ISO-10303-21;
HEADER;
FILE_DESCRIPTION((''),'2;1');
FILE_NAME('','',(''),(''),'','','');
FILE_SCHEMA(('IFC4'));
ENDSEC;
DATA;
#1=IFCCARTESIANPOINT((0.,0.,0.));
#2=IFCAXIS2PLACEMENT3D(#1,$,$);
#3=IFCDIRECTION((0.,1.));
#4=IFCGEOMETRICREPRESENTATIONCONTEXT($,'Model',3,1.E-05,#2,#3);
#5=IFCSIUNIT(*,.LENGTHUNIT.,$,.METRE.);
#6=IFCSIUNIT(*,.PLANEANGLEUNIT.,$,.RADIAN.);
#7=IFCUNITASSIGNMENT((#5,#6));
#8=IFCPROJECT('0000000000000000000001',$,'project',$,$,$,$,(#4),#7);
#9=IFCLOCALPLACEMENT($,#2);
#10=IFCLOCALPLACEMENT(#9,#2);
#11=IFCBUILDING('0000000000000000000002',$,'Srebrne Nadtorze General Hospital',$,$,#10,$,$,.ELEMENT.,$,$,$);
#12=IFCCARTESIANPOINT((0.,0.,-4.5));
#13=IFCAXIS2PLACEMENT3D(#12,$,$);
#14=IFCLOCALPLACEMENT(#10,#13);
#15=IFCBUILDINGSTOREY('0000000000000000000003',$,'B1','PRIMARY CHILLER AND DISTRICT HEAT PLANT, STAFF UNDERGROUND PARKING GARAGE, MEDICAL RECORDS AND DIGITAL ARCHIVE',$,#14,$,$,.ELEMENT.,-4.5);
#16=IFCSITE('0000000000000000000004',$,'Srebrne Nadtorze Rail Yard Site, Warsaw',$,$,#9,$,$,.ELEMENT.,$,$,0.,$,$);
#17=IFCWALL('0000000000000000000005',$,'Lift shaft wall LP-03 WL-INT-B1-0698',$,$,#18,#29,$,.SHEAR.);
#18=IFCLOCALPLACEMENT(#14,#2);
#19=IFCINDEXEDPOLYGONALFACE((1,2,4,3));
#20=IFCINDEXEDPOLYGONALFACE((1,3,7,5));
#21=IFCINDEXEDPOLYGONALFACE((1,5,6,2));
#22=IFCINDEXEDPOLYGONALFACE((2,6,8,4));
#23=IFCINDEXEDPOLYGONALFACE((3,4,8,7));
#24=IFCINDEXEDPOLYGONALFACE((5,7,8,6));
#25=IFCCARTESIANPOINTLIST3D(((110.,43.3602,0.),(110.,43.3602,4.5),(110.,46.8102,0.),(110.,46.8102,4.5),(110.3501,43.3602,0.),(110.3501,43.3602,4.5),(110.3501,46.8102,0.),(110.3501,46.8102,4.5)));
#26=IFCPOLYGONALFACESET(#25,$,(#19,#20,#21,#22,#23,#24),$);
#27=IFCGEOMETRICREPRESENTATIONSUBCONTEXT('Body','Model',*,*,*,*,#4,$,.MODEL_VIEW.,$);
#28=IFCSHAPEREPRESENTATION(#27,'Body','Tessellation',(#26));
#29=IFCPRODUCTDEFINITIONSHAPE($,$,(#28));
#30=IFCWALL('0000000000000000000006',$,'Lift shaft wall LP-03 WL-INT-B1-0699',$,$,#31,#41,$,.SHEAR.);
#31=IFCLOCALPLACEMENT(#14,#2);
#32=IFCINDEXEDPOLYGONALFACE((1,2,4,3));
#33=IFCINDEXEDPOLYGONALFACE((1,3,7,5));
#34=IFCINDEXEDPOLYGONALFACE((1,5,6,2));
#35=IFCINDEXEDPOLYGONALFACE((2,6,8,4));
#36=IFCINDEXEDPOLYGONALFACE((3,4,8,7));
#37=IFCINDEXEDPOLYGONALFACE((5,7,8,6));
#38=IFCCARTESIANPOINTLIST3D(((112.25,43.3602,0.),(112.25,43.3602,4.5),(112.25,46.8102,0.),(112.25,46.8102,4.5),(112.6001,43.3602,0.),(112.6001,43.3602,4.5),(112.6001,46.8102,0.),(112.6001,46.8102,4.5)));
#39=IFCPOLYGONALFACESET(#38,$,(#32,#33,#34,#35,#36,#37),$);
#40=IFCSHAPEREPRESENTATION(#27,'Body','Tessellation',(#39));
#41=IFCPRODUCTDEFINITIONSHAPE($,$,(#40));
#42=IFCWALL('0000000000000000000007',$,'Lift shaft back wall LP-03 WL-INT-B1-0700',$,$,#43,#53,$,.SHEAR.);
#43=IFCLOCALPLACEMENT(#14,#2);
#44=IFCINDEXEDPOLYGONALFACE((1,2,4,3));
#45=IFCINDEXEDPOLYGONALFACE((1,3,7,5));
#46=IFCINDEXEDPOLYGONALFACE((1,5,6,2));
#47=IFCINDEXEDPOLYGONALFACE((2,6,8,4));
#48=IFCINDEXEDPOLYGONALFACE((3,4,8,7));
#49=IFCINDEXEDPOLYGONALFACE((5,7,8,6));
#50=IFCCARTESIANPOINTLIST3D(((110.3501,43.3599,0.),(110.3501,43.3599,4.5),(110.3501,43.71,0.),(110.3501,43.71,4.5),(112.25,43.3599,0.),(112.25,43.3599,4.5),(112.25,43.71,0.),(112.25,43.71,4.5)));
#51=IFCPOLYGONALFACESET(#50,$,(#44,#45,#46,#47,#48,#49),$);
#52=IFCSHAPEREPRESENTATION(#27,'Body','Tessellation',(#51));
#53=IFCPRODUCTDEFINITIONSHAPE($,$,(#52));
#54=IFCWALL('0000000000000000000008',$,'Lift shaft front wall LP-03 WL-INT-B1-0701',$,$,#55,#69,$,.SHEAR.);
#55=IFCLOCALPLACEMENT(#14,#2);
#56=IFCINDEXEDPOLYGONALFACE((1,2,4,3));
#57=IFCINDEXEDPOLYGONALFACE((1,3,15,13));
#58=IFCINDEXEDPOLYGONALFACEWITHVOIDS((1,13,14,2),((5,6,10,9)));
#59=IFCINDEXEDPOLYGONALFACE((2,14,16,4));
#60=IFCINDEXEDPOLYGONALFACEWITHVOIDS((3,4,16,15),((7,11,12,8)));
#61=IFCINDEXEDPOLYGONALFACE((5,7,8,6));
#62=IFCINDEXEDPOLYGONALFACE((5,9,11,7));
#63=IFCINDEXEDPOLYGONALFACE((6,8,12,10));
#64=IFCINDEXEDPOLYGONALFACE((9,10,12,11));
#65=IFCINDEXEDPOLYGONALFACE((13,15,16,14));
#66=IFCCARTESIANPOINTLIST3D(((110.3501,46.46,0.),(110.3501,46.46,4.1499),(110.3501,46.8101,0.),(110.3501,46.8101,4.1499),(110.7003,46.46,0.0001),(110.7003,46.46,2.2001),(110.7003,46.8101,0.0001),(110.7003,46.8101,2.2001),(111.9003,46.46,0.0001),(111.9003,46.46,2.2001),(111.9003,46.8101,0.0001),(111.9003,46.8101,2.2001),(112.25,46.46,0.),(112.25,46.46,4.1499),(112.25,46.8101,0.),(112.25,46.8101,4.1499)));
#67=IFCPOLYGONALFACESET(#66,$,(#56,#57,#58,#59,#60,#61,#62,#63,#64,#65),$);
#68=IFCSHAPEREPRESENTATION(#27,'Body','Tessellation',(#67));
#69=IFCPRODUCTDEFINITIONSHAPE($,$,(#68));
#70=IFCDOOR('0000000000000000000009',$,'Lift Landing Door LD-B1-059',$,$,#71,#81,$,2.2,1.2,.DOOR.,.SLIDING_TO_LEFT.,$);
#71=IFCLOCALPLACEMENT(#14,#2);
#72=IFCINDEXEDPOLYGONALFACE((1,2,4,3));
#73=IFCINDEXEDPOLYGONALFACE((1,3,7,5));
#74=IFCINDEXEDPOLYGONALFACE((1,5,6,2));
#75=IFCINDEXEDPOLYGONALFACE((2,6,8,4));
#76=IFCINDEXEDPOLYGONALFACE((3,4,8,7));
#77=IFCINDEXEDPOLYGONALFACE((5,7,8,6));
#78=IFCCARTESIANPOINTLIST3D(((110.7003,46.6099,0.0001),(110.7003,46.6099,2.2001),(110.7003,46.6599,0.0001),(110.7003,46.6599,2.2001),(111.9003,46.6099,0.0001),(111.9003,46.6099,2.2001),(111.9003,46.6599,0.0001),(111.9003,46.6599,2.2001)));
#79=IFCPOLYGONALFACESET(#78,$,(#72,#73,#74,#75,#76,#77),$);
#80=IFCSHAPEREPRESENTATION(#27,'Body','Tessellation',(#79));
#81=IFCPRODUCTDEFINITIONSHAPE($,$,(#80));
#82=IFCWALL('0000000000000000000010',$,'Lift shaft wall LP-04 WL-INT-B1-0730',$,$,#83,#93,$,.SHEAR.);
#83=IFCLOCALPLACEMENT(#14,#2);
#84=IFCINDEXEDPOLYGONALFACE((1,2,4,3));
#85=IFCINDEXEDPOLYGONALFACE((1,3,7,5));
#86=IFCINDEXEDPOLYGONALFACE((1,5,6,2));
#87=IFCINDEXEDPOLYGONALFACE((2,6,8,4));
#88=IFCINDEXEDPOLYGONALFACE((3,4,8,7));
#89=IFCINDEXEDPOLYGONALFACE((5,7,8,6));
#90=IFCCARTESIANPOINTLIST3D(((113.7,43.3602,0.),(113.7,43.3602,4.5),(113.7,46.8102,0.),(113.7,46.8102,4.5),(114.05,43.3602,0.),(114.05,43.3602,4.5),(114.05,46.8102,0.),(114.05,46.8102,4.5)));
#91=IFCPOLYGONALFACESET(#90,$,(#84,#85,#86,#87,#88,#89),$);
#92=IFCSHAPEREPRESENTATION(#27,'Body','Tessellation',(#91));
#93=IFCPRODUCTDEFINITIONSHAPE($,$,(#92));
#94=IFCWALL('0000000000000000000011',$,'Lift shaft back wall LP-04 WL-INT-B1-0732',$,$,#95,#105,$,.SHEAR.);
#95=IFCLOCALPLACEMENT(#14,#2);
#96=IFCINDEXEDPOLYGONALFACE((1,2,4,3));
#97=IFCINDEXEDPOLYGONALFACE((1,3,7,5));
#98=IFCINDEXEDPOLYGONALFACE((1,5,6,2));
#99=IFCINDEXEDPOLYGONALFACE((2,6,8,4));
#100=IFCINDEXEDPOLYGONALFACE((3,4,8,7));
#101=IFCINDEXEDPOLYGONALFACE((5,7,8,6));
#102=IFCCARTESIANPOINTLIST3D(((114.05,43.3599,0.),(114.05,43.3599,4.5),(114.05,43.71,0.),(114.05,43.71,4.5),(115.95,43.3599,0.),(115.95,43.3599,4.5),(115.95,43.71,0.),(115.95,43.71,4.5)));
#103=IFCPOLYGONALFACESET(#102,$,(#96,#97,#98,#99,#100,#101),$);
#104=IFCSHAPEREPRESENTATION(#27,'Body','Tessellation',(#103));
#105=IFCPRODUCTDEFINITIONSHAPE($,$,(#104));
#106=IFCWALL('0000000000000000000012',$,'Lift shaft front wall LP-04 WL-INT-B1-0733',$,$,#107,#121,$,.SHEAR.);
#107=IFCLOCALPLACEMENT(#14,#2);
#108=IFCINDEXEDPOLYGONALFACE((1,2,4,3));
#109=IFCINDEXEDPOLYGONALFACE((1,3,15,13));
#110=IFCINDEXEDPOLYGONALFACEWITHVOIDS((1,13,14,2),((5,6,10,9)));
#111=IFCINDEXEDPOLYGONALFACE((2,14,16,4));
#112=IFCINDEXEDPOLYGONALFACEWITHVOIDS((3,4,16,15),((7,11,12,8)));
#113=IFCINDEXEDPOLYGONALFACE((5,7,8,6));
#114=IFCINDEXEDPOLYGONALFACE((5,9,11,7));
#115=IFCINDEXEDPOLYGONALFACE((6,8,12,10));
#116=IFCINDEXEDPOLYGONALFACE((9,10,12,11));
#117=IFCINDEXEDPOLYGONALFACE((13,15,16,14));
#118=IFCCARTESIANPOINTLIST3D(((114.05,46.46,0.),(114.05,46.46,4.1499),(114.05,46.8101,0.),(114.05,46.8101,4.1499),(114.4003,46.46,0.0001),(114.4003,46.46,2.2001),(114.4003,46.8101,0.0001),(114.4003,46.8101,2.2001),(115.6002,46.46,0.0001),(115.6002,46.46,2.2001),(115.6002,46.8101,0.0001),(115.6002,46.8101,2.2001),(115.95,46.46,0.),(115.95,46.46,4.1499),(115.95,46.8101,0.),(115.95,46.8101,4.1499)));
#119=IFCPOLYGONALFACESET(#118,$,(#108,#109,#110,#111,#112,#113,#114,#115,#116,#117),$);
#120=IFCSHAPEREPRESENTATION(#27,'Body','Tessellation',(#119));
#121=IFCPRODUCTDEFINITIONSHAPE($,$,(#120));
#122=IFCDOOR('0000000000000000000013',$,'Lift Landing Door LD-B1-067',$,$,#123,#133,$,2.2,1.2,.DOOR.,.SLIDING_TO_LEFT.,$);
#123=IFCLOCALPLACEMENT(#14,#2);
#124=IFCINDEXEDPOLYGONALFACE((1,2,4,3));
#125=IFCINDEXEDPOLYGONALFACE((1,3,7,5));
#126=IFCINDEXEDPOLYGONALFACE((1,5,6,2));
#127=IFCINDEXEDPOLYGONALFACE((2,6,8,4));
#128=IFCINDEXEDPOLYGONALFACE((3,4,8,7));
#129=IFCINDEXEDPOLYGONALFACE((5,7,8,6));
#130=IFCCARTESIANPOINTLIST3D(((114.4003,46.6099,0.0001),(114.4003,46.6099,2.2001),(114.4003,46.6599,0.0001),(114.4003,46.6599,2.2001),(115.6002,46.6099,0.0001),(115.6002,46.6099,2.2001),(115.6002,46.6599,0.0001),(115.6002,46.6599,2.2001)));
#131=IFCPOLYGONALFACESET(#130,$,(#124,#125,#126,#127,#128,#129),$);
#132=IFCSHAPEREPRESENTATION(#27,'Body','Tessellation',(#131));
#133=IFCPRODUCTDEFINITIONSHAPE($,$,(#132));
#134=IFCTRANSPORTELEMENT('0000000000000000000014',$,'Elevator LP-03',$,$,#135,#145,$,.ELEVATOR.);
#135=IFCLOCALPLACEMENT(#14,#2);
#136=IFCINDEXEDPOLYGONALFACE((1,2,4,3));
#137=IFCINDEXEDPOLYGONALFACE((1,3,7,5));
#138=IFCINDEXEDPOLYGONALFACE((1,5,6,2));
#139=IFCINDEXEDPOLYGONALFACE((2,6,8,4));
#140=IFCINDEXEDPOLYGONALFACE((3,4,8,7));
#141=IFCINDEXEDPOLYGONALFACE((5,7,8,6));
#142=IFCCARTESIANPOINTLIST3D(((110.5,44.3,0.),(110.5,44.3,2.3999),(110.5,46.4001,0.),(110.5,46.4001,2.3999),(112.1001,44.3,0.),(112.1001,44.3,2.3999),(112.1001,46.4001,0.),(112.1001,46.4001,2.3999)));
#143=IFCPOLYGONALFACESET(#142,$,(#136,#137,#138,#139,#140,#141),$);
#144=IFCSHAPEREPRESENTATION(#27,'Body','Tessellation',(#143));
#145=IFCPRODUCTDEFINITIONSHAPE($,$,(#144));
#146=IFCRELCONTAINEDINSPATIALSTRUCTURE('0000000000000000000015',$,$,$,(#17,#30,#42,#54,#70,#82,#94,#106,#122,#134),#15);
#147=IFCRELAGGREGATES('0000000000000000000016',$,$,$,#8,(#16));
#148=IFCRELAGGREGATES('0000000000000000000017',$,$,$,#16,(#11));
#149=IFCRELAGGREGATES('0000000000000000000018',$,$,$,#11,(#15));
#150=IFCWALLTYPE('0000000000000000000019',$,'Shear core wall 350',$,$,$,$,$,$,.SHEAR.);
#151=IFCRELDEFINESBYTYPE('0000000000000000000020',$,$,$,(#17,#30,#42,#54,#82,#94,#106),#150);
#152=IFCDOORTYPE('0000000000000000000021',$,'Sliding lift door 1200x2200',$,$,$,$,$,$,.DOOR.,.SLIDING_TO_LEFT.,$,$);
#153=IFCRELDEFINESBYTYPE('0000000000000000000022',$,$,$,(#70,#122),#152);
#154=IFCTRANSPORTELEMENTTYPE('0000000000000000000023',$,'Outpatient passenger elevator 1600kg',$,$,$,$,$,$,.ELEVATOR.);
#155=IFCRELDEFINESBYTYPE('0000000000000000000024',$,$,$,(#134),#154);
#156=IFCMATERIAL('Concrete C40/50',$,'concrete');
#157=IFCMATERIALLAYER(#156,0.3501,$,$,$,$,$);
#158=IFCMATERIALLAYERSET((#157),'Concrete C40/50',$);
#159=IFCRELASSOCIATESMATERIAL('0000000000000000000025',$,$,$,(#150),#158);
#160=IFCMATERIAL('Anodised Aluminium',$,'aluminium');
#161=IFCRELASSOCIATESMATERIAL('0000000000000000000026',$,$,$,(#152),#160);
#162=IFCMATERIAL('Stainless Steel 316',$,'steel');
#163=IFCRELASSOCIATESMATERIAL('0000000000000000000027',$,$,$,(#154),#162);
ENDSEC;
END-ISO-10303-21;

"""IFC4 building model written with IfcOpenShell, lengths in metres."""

from ifc_helpers import new_model, si_unit, direction, frame, frame_2d, origin, origin_2d, place, context, subcontext, project, spatial, rectangle, extrude, material, layer, layer_set, type_object, element, fill, save


model = new_model("IFC4")

# Units and contexts
model_context = context("Model", 3, precision=1e-05, world=origin(), true_north=direction((0.0, 1.0)))
body_context = subcontext(model_context, "Body", "Model", "MODEL_VIEW")
ifc_project = project(units=[si_unit("LENGTHUNIT", "METRE"), si_unit("PLANEANGLEUNIT", "RADIAN")], contexts=[model_context])

# Site, building, storey
site_placement = place(None, origin())
site = spatial("IfcSite", under=ifc_project, at=site_placement, Name="Srebrne Nadtorze Rail Yard Site, Warsaw", CompositionType="ELEMENT", RefElevation=0.0)
building_placement = place(site_placement, origin())
building = spatial("IfcBuilding", under=site, at=building_placement, Name="Srebrne Nadtorze General Hospital", CompositionType="ELEMENT")
storey_placement = place(building_placement, frame((0.0, 0.0, -4.5)))
storey = spatial("IfcBuildingStorey", under=building, at=storey_placement, Name="B1", Description="PRIMARY CHILLER AND DISTRICT HEAT PLANT, STAFF UNDERGROUND PARKING GARAGE, MEDICAL RECORDS AND DIGITAL ARCHIVE", CompositionType="ELEMENT", Elevation=-4.5)

# Walls
ifc_material_1 = material(Name="Concrete C40/50", Category="concrete")
ifc_layer_1 = layer(ifc_material_1, 0.3501)
ifc_layer_set_1 = layer_set([ifc_layer_1], Name="Concrete C40/50")
wall_type_1 = type_object("IfcWallType", Name="Shear core wall 350", PredefinedType="SHEAR", material=ifc_layer_set_1)
for number, where, z_axis, x_axis, name in (
    (1, (110.175, 43.3601, 0.0), (0.0, 0.0, 1.0), (0.0, 1.0, 0.0), "Lift shaft wall LP-03 WL-INT-B1-0698"),
    (2, (112.425, 43.3601, 0.0), (0.0, 0.0, 1.0), (0.0, 1.0, 0.0), "Lift shaft wall LP-03 WL-INT-B1-0699"),
):
    element("IfcWall", number, at=place(storey_placement, frame(where, z_axis=z_axis, x_axis=x_axis)), inside=storey, type_object=wall_type_1, Name=name, PredefinedType="SHEAR", context=body_context, shape_type="SweptSolid", body=[
        extrude(rectangle(XDim=3.45, YDim=0.3501, at=frame_2d((1.7251, 0.0))), origin(), (0.0, 0.0, 1.0), 4.5),
    ])
wall_1_placement = place(storey_placement, frame((110.3501, 43.5349, 0.0), z_axis=(0.0, 0.0, 1.0), x_axis=(1.0, 0.0, 0.0)))
element("IfcWall", 3, at=wall_1_placement, inside=storey, type_object=wall_type_1, Name="Lift shaft back wall LP-03 WL-INT-B1-0700", PredefinedType="SHEAR", context=body_context, shape_type="SweptSolid", body=[
    extrude(rectangle(XDim=1.8999, YDim=0.3501, at=frame_2d((0.95, 0.0))), origin(), (0.0, 0.0, 1.0), 4.5),
])

# Wall, opening, door
wall_2_placement = place(storey_placement, frame((110.3501, 46.635, 0.0), z_axis=(0.0, 0.0, 1.0), x_axis=(1.0, 0.0, 0.0)))
wall_2 = element("IfcWall", 4, at=wall_2_placement, inside=storey, type_object=wall_type_1, Name="Lift shaft front wall LP-03 WL-INT-B1-0701", PredefinedType="SHEAR", context=body_context, shape_type="SweptSolid", body=[
    extrude(rectangle(XDim=1.8999, YDim=0.3501, at=frame_2d((0.95, 0.0))), origin(), (0.0, 0.0, 1.0), 4.1499),
])
opening_1_placement = place(wall_2_placement, frame((0.3501, 0.0, 0.0)))
opening_1 = element("IfcOpeningElement", 5, at=opening_1_placement, cuts=wall_2, PredefinedType="OPENING", context=body_context, shape_type="SweptSolid", body=[
    extrude(rectangle(XDim=1.2, YDim=2.2, at=frame_2d((0.6001, 1.1001))), frame((0.0, 0.187, 0.0), z_axis=(0.0, -1.0, 0.0), x_axis=(1.0, 0.0, 0.0)), (0.0, 0.0, 1.0), 0.374),
])
ifc_material_2 = material(Name="Anodised Aluminium", Category="aluminium")
door_type_1 = type_object("IfcDoorType", Name="Sliding lift door 1200x2200", OperationType="SLIDING_TO_LEFT", PredefinedType="DOOR", material=ifc_material_2)
door_1_placement = place(opening_1_placement, origin())
door_1 = element("IfcDoor", 6, at=door_1_placement, inside=storey, type_object=door_type_1, Name="Lift Landing Door LD-B1-059", OperationType="SLIDING_TO_LEFT", OverallHeight=2.2, OverallWidth=1.2, PredefinedType="DOOR", context=body_context, shape_type="SweptSolid", body=[
    extrude(rectangle(XDim=1.2, YDim=2.2, at=frame_2d((0.6001, 1.1001))), frame((0.0, 0.0249, 0.0), z_axis=(0.0, -1.0, 0.0), x_axis=(1.0, 0.0, 0.0)), (0.0, 0.0, 1.0), 0.05),
])
fill(opening_1, door_1)

# Walls
wall_3_placement = place(storey_placement, frame((113.875, 43.3601, 0.0), z_axis=(0.0, 0.0, 1.0), x_axis=(0.0, 1.0, 0.0)))
element("IfcWall", 7, at=wall_3_placement, inside=storey, type_object=wall_type_1, Name="Lift shaft wall LP-04 WL-INT-B1-0730", PredefinedType="SHEAR", context=body_context, shape_type="SweptSolid", body=[
    extrude(rectangle(XDim=3.45, YDim=0.3501, at=frame_2d((1.7251, 0.0))), origin(), (0.0, 0.0, 1.0), 4.5),
])
wall_4_placement = place(storey_placement, frame((114.05, 43.5349, 0.0), z_axis=(0.0, 0.0, 1.0), x_axis=(1.0, 0.0, 0.0)))
element("IfcWall", 8, at=wall_4_placement, inside=storey, type_object=wall_type_1, Name="Lift shaft back wall LP-04 WL-INT-B1-0732", PredefinedType="SHEAR", context=body_context, shape_type="SweptSolid", body=[
    extrude(rectangle(XDim=1.8999, YDim=0.3501, at=frame_2d((0.95, 0.0))), origin(), (0.0, 0.0, 1.0), 4.5),
])

# Wall, opening, door
wall_5_placement = place(storey_placement, frame((114.05, 46.635, 0.0), z_axis=(0.0, 0.0, 1.0), x_axis=(1.0, 0.0, 0.0)))
wall_5 = element("IfcWall", 9, at=wall_5_placement, inside=storey, type_object=wall_type_1, Name="Lift shaft front wall LP-04 WL-INT-B1-0733", PredefinedType="SHEAR", context=body_context, shape_type="SweptSolid", body=[
    extrude(rectangle(XDim=1.8999, YDim=0.3501, at=frame_2d((0.95, 0.0))), origin(), (0.0, 0.0, 1.0), 4.1499),
])
opening_2_placement = place(wall_5_placement, frame((0.3501, 0.0, 0.0)))
opening_2 = element("IfcOpeningElement", 10, at=opening_2_placement, cuts=wall_5, PredefinedType="OPENING", context=body_context, shape_type="SweptSolid", body=[
    extrude(rectangle(XDim=1.2, YDim=2.2, at=frame_2d((0.6001, 1.1001))), frame((0.0, 0.187, 0.0), z_axis=(0.0, -1.0, 0.0), x_axis=(1.0, 0.0, 0.0)), (0.0, 0.0, 1.0), 0.374),
])
door_2_placement = place(opening_2_placement, origin())
door_2 = element("IfcDoor", 11, at=door_2_placement, inside=storey, type_object=door_type_1, Name="Lift Landing Door LD-B1-067", OperationType="SLIDING_TO_LEFT", OverallHeight=2.2, OverallWidth=1.2, PredefinedType="DOOR", context=body_context, shape_type="SweptSolid", body=[
    extrude(rectangle(XDim=1.2, YDim=2.2, at=frame_2d((0.6001, 1.1001))), frame((0.0, 0.0249, 0.0), z_axis=(0.0, -1.0, 0.0), x_axis=(1.0, 0.0, 0.0)), (0.0, 0.0, 1.0), 0.05),
])
fill(opening_2, door_2)

# Transport element
ifc_material_3 = material(Name="Stainless Steel 316", Category="steel")
transport_element_type = type_object("IfcTransportElementType", Name="Outpatient passenger elevator 1600kg", PredefinedType="ELEVATOR", material=ifc_material_3)
transport_element_placement = place(storey_placement, frame((111.3, 45.3501, 0.0), z_axis=(0.0, 0.0, 1.0), x_axis=(1.0, 0.0, 0.0)))
element("IfcTransportElement", 12, at=transport_element_placement, inside=storey, type_object=transport_element_type, Name="Elevator LP-03", PredefinedType="ELEVATOR", context=body_context, shape_type="SweptSolid", body=[
    extrude(rectangle(XDim=1.6001, YDim=2.1001, at=origin_2d()), origin(), (0.0, 0.0, 1.0), 2.3999),
])

save(model, "model.ifc")
